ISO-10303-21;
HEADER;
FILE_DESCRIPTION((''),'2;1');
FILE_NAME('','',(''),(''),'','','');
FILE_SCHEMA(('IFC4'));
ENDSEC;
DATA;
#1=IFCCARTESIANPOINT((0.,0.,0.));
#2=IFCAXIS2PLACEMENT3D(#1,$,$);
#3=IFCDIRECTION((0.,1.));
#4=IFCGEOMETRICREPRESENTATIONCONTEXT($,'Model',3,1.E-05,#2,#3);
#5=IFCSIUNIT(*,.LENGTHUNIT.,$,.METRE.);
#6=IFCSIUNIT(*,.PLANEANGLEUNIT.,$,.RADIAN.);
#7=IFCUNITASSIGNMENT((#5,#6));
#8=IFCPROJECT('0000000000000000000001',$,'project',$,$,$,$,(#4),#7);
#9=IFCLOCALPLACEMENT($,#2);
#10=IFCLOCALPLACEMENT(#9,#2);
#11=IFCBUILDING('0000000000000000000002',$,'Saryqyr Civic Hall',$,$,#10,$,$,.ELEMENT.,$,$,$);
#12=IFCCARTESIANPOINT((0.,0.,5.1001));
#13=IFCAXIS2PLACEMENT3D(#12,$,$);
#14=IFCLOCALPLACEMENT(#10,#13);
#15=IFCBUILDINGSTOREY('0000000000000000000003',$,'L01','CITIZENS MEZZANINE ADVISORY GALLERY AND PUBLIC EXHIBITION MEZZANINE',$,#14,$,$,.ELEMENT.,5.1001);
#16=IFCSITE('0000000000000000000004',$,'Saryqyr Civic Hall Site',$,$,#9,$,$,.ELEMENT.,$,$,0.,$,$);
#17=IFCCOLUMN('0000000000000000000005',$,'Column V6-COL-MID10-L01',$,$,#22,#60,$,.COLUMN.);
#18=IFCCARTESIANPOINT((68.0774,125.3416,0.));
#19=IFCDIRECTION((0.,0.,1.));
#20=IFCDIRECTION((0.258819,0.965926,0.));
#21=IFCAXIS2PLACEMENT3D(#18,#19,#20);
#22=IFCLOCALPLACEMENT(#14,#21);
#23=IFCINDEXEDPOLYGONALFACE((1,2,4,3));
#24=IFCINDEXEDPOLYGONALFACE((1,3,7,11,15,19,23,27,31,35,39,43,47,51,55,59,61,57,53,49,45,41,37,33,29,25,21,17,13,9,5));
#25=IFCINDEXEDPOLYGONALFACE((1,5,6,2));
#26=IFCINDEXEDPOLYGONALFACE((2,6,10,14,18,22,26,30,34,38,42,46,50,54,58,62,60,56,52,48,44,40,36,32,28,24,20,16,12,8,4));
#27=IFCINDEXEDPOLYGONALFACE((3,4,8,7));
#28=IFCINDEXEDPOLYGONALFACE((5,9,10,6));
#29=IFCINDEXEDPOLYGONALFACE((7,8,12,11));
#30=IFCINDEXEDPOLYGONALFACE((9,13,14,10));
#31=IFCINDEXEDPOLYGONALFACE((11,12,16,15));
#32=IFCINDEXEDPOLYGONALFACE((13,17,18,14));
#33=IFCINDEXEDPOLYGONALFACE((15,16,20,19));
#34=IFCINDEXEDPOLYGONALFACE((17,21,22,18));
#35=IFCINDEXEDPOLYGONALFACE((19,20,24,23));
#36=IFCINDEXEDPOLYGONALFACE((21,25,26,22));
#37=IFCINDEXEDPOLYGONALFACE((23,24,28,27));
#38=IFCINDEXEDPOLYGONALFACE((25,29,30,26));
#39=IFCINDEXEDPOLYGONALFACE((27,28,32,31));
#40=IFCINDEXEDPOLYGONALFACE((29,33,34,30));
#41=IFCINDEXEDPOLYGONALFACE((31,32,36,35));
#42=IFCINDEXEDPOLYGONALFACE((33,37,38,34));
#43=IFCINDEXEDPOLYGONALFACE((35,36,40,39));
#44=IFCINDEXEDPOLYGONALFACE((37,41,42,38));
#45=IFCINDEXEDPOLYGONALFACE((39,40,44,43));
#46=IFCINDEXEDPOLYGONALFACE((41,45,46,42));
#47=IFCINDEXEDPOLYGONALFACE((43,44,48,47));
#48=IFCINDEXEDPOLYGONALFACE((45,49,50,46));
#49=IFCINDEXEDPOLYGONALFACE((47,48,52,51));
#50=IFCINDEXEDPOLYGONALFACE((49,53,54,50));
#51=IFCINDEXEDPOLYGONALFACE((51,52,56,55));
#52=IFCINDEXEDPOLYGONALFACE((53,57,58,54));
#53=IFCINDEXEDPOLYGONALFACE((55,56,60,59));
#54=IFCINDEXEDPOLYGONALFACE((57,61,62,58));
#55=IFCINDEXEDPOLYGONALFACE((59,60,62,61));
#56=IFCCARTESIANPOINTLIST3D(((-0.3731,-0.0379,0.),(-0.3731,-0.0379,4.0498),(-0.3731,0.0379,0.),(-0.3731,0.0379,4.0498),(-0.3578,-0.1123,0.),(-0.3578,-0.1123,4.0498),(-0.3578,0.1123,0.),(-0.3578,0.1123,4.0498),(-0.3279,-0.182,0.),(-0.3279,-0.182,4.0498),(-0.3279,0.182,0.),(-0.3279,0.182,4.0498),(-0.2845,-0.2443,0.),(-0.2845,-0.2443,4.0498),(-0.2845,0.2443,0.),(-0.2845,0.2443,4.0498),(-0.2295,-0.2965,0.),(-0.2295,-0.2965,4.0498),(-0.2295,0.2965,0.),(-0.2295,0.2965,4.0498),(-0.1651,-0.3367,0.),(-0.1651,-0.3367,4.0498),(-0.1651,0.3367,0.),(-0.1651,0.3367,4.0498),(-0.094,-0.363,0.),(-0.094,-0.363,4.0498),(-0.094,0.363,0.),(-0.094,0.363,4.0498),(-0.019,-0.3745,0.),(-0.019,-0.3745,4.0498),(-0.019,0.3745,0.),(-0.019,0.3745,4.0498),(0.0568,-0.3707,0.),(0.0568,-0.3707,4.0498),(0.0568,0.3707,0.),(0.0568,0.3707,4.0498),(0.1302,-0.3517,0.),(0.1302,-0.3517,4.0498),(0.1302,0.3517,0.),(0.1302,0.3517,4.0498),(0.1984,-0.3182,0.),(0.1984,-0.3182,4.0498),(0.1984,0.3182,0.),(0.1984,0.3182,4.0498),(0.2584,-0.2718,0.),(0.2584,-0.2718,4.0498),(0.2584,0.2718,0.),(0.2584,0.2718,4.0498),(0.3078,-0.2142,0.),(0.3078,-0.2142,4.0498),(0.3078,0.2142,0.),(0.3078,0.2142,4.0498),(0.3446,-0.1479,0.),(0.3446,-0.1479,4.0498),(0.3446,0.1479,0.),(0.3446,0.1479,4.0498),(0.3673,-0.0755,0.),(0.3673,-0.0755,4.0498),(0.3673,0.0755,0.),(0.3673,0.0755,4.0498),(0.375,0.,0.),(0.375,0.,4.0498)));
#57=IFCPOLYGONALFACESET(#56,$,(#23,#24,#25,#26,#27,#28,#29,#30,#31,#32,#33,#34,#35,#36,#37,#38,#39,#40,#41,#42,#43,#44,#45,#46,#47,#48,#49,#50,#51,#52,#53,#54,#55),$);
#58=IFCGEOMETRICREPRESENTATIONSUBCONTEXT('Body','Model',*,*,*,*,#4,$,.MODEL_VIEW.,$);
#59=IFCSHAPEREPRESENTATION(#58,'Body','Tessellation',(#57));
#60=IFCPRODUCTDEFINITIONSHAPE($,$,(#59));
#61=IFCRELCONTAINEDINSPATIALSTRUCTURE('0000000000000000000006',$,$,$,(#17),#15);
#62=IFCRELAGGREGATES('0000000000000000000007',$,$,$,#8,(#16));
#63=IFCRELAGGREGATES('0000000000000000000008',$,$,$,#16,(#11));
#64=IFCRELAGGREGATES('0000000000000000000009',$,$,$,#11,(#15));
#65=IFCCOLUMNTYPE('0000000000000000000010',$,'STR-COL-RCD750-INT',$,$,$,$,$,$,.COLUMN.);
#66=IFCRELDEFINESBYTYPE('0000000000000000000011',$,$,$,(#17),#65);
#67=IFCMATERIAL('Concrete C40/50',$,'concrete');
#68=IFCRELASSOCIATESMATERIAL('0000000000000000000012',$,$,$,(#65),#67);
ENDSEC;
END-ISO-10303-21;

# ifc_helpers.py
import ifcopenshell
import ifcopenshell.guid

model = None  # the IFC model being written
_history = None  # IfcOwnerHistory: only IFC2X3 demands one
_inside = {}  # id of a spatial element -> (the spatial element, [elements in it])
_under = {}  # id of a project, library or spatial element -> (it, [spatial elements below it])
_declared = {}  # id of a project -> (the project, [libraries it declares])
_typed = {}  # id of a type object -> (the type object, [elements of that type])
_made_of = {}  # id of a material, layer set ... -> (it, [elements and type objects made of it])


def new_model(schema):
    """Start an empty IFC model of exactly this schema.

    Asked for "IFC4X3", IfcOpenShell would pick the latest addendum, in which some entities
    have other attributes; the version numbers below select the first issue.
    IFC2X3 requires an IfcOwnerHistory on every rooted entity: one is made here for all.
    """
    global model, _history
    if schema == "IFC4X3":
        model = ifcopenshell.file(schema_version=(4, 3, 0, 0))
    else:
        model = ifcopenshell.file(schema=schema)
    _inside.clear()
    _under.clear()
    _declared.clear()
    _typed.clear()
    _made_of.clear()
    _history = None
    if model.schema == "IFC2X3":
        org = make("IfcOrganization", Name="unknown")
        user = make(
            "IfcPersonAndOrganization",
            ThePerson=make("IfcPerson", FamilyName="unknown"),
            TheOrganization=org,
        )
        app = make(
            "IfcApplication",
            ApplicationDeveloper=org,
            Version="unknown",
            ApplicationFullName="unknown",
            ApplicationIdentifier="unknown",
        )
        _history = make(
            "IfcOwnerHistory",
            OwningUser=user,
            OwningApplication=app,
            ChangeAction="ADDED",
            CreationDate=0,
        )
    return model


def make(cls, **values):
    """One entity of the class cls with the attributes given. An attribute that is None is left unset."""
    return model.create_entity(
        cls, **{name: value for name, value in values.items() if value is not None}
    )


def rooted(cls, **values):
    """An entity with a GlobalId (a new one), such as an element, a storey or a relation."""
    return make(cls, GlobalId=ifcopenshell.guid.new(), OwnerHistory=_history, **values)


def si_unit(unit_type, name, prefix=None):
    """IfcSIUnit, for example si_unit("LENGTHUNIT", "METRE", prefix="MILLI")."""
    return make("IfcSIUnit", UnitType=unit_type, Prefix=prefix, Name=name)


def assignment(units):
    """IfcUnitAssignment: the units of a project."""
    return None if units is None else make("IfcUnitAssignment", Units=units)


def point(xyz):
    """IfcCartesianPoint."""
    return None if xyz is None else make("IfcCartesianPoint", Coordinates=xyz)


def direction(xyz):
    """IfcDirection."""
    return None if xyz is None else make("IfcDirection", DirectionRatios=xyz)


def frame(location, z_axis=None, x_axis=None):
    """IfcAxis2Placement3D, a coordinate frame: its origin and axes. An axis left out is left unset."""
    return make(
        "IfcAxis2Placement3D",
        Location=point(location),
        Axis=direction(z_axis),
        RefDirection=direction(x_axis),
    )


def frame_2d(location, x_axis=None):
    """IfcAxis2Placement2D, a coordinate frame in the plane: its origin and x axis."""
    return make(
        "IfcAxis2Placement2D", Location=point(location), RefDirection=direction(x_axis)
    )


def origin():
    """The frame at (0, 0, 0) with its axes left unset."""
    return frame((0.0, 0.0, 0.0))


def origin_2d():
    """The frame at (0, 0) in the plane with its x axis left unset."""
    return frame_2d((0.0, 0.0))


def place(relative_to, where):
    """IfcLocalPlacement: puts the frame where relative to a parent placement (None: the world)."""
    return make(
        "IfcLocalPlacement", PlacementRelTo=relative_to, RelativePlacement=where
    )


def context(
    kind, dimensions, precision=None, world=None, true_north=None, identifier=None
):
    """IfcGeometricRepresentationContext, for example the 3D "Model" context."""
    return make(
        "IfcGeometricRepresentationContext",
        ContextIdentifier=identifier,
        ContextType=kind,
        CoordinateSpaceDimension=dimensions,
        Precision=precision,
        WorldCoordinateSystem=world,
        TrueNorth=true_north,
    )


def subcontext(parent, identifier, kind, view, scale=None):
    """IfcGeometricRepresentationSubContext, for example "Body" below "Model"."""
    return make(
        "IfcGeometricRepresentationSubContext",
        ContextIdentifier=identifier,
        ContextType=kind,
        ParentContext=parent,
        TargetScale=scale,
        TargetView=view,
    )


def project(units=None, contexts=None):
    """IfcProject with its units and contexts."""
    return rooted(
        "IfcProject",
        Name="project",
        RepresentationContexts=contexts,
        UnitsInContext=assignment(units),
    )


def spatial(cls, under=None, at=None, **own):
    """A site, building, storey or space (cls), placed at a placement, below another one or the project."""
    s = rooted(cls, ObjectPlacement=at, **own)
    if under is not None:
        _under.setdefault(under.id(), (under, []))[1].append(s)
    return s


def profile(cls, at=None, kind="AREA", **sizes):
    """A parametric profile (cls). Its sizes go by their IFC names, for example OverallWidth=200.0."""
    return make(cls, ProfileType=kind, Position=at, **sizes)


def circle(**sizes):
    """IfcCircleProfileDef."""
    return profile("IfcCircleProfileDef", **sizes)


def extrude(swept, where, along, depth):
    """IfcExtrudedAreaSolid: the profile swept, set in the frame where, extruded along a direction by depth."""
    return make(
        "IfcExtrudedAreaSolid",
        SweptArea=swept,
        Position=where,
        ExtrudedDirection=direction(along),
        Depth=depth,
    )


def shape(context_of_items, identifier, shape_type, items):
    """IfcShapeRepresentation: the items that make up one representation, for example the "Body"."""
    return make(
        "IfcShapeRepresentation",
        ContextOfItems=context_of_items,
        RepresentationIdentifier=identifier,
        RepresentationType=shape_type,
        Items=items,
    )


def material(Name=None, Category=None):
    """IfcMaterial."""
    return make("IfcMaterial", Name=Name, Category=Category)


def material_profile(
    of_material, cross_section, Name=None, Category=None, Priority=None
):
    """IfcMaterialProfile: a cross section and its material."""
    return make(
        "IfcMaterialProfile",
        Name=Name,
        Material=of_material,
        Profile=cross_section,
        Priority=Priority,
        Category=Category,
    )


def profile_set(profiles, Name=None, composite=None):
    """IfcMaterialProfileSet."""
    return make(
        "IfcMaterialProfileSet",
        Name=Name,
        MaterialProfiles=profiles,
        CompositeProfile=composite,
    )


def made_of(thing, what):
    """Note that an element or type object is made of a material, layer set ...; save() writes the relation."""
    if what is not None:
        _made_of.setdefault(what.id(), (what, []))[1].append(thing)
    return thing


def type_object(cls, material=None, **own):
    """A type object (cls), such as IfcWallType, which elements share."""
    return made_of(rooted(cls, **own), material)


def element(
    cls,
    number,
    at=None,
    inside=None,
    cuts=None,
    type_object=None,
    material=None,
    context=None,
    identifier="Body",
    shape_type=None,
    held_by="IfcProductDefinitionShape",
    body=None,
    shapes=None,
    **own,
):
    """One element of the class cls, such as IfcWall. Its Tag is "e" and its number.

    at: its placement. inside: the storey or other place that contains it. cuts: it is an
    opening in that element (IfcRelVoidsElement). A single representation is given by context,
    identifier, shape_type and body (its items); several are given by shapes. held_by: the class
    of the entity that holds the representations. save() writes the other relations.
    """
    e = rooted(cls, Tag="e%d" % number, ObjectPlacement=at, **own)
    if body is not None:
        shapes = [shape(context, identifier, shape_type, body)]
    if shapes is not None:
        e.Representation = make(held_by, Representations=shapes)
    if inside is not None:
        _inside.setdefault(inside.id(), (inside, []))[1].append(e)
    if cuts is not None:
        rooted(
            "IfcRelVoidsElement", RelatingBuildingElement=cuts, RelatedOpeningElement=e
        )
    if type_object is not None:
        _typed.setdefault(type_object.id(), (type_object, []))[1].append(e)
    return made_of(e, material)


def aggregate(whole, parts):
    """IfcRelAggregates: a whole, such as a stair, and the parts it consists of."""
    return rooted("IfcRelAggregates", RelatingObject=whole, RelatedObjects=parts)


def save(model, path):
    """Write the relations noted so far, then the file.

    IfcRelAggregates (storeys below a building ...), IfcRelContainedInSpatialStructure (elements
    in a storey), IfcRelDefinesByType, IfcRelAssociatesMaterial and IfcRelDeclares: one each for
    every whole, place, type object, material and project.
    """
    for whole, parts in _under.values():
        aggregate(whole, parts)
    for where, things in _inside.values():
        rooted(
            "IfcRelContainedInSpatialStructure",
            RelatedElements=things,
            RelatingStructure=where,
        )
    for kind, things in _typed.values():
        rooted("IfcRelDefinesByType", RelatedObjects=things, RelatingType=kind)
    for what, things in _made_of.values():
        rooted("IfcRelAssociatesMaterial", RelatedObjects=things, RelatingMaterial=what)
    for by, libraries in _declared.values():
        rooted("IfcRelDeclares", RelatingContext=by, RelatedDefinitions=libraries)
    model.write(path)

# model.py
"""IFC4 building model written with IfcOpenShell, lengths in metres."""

from ifc_helpers import new_model, si_unit, direction, frame, origin, origin_2d, place, context, subcontext, project, spatial, circle, extrude, material, material_profile, profile_set, type_object, element, save


model = new_model("IFC4")

# Units and contexts
model_context = context("Model", 3, precision=1e-05, world=origin(), true_north=direction((0.0, 1.0)))
body_context = subcontext(model_context, "Body", "Model", "MODEL_VIEW")
ifc_project = project(units=[si_unit("LENGTHUNIT", "METRE"), si_unit("PLANEANGLEUNIT", "RADIAN")], contexts=[model_context])

# Site, building, storey
site_placement = place(None, origin())
site = spatial("IfcSite", under=ifc_project, at=site_placement, Name="Saryqyr Civic Hall Site", CompositionType="ELEMENT", RefElevation=0.0)
building_placement = place(site_placement, origin())
building = spatial("IfcBuilding", under=site, at=building_placement, Name="Saryqyr Civic Hall", CompositionType="ELEMENT")
storey_placement = place(building_placement, frame((0.0, 0.0, 5.1001)))
storey = spatial("IfcBuildingStorey", under=building, at=storey_placement, Name="L01", Description="CITIZENS MEZZANINE ADVISORY GALLERY AND PUBLIC EXHIBITION MEZZANINE", CompositionType="ELEMENT", Elevation=5.1001)

# Column
ifc_material_1 = material(Name="Concrete C40/50", Category="concrete")
ifc_material_profile_1 = material_profile(ifc_material_1, circle(Radius=0.375, at=origin_2d()), Name="RC D750")
ifc_profile_set_1 = profile_set([ifc_material_profile_1], Name="Concrete C40/50")
column_type_1 = type_object("IfcColumnType", Name="STR-COL-RCD750-INT", PredefinedType="COLUMN", material=ifc_profile_set_1)
column_1_placement = place(storey_placement, frame((68.0774, 125.3416, 0.0), z_axis=(0.0, 0.0, 1.0), x_axis=(0.258819, 0.965926, 0.0)))
element("IfcColumn", 1, at=column_1_placement, inside=storey, type_object=column_type_1, Name="Column V6-COL-MID10-L01", PredefinedType="COLUMN", context=body_context, shape_type="SweptSolid", body=[
    extrude(circle(Radius=0.375, at=origin_2d()), origin(), (0.0, 0.0, 1.0), 4.0498),
])

save(model, "model.ifc")
